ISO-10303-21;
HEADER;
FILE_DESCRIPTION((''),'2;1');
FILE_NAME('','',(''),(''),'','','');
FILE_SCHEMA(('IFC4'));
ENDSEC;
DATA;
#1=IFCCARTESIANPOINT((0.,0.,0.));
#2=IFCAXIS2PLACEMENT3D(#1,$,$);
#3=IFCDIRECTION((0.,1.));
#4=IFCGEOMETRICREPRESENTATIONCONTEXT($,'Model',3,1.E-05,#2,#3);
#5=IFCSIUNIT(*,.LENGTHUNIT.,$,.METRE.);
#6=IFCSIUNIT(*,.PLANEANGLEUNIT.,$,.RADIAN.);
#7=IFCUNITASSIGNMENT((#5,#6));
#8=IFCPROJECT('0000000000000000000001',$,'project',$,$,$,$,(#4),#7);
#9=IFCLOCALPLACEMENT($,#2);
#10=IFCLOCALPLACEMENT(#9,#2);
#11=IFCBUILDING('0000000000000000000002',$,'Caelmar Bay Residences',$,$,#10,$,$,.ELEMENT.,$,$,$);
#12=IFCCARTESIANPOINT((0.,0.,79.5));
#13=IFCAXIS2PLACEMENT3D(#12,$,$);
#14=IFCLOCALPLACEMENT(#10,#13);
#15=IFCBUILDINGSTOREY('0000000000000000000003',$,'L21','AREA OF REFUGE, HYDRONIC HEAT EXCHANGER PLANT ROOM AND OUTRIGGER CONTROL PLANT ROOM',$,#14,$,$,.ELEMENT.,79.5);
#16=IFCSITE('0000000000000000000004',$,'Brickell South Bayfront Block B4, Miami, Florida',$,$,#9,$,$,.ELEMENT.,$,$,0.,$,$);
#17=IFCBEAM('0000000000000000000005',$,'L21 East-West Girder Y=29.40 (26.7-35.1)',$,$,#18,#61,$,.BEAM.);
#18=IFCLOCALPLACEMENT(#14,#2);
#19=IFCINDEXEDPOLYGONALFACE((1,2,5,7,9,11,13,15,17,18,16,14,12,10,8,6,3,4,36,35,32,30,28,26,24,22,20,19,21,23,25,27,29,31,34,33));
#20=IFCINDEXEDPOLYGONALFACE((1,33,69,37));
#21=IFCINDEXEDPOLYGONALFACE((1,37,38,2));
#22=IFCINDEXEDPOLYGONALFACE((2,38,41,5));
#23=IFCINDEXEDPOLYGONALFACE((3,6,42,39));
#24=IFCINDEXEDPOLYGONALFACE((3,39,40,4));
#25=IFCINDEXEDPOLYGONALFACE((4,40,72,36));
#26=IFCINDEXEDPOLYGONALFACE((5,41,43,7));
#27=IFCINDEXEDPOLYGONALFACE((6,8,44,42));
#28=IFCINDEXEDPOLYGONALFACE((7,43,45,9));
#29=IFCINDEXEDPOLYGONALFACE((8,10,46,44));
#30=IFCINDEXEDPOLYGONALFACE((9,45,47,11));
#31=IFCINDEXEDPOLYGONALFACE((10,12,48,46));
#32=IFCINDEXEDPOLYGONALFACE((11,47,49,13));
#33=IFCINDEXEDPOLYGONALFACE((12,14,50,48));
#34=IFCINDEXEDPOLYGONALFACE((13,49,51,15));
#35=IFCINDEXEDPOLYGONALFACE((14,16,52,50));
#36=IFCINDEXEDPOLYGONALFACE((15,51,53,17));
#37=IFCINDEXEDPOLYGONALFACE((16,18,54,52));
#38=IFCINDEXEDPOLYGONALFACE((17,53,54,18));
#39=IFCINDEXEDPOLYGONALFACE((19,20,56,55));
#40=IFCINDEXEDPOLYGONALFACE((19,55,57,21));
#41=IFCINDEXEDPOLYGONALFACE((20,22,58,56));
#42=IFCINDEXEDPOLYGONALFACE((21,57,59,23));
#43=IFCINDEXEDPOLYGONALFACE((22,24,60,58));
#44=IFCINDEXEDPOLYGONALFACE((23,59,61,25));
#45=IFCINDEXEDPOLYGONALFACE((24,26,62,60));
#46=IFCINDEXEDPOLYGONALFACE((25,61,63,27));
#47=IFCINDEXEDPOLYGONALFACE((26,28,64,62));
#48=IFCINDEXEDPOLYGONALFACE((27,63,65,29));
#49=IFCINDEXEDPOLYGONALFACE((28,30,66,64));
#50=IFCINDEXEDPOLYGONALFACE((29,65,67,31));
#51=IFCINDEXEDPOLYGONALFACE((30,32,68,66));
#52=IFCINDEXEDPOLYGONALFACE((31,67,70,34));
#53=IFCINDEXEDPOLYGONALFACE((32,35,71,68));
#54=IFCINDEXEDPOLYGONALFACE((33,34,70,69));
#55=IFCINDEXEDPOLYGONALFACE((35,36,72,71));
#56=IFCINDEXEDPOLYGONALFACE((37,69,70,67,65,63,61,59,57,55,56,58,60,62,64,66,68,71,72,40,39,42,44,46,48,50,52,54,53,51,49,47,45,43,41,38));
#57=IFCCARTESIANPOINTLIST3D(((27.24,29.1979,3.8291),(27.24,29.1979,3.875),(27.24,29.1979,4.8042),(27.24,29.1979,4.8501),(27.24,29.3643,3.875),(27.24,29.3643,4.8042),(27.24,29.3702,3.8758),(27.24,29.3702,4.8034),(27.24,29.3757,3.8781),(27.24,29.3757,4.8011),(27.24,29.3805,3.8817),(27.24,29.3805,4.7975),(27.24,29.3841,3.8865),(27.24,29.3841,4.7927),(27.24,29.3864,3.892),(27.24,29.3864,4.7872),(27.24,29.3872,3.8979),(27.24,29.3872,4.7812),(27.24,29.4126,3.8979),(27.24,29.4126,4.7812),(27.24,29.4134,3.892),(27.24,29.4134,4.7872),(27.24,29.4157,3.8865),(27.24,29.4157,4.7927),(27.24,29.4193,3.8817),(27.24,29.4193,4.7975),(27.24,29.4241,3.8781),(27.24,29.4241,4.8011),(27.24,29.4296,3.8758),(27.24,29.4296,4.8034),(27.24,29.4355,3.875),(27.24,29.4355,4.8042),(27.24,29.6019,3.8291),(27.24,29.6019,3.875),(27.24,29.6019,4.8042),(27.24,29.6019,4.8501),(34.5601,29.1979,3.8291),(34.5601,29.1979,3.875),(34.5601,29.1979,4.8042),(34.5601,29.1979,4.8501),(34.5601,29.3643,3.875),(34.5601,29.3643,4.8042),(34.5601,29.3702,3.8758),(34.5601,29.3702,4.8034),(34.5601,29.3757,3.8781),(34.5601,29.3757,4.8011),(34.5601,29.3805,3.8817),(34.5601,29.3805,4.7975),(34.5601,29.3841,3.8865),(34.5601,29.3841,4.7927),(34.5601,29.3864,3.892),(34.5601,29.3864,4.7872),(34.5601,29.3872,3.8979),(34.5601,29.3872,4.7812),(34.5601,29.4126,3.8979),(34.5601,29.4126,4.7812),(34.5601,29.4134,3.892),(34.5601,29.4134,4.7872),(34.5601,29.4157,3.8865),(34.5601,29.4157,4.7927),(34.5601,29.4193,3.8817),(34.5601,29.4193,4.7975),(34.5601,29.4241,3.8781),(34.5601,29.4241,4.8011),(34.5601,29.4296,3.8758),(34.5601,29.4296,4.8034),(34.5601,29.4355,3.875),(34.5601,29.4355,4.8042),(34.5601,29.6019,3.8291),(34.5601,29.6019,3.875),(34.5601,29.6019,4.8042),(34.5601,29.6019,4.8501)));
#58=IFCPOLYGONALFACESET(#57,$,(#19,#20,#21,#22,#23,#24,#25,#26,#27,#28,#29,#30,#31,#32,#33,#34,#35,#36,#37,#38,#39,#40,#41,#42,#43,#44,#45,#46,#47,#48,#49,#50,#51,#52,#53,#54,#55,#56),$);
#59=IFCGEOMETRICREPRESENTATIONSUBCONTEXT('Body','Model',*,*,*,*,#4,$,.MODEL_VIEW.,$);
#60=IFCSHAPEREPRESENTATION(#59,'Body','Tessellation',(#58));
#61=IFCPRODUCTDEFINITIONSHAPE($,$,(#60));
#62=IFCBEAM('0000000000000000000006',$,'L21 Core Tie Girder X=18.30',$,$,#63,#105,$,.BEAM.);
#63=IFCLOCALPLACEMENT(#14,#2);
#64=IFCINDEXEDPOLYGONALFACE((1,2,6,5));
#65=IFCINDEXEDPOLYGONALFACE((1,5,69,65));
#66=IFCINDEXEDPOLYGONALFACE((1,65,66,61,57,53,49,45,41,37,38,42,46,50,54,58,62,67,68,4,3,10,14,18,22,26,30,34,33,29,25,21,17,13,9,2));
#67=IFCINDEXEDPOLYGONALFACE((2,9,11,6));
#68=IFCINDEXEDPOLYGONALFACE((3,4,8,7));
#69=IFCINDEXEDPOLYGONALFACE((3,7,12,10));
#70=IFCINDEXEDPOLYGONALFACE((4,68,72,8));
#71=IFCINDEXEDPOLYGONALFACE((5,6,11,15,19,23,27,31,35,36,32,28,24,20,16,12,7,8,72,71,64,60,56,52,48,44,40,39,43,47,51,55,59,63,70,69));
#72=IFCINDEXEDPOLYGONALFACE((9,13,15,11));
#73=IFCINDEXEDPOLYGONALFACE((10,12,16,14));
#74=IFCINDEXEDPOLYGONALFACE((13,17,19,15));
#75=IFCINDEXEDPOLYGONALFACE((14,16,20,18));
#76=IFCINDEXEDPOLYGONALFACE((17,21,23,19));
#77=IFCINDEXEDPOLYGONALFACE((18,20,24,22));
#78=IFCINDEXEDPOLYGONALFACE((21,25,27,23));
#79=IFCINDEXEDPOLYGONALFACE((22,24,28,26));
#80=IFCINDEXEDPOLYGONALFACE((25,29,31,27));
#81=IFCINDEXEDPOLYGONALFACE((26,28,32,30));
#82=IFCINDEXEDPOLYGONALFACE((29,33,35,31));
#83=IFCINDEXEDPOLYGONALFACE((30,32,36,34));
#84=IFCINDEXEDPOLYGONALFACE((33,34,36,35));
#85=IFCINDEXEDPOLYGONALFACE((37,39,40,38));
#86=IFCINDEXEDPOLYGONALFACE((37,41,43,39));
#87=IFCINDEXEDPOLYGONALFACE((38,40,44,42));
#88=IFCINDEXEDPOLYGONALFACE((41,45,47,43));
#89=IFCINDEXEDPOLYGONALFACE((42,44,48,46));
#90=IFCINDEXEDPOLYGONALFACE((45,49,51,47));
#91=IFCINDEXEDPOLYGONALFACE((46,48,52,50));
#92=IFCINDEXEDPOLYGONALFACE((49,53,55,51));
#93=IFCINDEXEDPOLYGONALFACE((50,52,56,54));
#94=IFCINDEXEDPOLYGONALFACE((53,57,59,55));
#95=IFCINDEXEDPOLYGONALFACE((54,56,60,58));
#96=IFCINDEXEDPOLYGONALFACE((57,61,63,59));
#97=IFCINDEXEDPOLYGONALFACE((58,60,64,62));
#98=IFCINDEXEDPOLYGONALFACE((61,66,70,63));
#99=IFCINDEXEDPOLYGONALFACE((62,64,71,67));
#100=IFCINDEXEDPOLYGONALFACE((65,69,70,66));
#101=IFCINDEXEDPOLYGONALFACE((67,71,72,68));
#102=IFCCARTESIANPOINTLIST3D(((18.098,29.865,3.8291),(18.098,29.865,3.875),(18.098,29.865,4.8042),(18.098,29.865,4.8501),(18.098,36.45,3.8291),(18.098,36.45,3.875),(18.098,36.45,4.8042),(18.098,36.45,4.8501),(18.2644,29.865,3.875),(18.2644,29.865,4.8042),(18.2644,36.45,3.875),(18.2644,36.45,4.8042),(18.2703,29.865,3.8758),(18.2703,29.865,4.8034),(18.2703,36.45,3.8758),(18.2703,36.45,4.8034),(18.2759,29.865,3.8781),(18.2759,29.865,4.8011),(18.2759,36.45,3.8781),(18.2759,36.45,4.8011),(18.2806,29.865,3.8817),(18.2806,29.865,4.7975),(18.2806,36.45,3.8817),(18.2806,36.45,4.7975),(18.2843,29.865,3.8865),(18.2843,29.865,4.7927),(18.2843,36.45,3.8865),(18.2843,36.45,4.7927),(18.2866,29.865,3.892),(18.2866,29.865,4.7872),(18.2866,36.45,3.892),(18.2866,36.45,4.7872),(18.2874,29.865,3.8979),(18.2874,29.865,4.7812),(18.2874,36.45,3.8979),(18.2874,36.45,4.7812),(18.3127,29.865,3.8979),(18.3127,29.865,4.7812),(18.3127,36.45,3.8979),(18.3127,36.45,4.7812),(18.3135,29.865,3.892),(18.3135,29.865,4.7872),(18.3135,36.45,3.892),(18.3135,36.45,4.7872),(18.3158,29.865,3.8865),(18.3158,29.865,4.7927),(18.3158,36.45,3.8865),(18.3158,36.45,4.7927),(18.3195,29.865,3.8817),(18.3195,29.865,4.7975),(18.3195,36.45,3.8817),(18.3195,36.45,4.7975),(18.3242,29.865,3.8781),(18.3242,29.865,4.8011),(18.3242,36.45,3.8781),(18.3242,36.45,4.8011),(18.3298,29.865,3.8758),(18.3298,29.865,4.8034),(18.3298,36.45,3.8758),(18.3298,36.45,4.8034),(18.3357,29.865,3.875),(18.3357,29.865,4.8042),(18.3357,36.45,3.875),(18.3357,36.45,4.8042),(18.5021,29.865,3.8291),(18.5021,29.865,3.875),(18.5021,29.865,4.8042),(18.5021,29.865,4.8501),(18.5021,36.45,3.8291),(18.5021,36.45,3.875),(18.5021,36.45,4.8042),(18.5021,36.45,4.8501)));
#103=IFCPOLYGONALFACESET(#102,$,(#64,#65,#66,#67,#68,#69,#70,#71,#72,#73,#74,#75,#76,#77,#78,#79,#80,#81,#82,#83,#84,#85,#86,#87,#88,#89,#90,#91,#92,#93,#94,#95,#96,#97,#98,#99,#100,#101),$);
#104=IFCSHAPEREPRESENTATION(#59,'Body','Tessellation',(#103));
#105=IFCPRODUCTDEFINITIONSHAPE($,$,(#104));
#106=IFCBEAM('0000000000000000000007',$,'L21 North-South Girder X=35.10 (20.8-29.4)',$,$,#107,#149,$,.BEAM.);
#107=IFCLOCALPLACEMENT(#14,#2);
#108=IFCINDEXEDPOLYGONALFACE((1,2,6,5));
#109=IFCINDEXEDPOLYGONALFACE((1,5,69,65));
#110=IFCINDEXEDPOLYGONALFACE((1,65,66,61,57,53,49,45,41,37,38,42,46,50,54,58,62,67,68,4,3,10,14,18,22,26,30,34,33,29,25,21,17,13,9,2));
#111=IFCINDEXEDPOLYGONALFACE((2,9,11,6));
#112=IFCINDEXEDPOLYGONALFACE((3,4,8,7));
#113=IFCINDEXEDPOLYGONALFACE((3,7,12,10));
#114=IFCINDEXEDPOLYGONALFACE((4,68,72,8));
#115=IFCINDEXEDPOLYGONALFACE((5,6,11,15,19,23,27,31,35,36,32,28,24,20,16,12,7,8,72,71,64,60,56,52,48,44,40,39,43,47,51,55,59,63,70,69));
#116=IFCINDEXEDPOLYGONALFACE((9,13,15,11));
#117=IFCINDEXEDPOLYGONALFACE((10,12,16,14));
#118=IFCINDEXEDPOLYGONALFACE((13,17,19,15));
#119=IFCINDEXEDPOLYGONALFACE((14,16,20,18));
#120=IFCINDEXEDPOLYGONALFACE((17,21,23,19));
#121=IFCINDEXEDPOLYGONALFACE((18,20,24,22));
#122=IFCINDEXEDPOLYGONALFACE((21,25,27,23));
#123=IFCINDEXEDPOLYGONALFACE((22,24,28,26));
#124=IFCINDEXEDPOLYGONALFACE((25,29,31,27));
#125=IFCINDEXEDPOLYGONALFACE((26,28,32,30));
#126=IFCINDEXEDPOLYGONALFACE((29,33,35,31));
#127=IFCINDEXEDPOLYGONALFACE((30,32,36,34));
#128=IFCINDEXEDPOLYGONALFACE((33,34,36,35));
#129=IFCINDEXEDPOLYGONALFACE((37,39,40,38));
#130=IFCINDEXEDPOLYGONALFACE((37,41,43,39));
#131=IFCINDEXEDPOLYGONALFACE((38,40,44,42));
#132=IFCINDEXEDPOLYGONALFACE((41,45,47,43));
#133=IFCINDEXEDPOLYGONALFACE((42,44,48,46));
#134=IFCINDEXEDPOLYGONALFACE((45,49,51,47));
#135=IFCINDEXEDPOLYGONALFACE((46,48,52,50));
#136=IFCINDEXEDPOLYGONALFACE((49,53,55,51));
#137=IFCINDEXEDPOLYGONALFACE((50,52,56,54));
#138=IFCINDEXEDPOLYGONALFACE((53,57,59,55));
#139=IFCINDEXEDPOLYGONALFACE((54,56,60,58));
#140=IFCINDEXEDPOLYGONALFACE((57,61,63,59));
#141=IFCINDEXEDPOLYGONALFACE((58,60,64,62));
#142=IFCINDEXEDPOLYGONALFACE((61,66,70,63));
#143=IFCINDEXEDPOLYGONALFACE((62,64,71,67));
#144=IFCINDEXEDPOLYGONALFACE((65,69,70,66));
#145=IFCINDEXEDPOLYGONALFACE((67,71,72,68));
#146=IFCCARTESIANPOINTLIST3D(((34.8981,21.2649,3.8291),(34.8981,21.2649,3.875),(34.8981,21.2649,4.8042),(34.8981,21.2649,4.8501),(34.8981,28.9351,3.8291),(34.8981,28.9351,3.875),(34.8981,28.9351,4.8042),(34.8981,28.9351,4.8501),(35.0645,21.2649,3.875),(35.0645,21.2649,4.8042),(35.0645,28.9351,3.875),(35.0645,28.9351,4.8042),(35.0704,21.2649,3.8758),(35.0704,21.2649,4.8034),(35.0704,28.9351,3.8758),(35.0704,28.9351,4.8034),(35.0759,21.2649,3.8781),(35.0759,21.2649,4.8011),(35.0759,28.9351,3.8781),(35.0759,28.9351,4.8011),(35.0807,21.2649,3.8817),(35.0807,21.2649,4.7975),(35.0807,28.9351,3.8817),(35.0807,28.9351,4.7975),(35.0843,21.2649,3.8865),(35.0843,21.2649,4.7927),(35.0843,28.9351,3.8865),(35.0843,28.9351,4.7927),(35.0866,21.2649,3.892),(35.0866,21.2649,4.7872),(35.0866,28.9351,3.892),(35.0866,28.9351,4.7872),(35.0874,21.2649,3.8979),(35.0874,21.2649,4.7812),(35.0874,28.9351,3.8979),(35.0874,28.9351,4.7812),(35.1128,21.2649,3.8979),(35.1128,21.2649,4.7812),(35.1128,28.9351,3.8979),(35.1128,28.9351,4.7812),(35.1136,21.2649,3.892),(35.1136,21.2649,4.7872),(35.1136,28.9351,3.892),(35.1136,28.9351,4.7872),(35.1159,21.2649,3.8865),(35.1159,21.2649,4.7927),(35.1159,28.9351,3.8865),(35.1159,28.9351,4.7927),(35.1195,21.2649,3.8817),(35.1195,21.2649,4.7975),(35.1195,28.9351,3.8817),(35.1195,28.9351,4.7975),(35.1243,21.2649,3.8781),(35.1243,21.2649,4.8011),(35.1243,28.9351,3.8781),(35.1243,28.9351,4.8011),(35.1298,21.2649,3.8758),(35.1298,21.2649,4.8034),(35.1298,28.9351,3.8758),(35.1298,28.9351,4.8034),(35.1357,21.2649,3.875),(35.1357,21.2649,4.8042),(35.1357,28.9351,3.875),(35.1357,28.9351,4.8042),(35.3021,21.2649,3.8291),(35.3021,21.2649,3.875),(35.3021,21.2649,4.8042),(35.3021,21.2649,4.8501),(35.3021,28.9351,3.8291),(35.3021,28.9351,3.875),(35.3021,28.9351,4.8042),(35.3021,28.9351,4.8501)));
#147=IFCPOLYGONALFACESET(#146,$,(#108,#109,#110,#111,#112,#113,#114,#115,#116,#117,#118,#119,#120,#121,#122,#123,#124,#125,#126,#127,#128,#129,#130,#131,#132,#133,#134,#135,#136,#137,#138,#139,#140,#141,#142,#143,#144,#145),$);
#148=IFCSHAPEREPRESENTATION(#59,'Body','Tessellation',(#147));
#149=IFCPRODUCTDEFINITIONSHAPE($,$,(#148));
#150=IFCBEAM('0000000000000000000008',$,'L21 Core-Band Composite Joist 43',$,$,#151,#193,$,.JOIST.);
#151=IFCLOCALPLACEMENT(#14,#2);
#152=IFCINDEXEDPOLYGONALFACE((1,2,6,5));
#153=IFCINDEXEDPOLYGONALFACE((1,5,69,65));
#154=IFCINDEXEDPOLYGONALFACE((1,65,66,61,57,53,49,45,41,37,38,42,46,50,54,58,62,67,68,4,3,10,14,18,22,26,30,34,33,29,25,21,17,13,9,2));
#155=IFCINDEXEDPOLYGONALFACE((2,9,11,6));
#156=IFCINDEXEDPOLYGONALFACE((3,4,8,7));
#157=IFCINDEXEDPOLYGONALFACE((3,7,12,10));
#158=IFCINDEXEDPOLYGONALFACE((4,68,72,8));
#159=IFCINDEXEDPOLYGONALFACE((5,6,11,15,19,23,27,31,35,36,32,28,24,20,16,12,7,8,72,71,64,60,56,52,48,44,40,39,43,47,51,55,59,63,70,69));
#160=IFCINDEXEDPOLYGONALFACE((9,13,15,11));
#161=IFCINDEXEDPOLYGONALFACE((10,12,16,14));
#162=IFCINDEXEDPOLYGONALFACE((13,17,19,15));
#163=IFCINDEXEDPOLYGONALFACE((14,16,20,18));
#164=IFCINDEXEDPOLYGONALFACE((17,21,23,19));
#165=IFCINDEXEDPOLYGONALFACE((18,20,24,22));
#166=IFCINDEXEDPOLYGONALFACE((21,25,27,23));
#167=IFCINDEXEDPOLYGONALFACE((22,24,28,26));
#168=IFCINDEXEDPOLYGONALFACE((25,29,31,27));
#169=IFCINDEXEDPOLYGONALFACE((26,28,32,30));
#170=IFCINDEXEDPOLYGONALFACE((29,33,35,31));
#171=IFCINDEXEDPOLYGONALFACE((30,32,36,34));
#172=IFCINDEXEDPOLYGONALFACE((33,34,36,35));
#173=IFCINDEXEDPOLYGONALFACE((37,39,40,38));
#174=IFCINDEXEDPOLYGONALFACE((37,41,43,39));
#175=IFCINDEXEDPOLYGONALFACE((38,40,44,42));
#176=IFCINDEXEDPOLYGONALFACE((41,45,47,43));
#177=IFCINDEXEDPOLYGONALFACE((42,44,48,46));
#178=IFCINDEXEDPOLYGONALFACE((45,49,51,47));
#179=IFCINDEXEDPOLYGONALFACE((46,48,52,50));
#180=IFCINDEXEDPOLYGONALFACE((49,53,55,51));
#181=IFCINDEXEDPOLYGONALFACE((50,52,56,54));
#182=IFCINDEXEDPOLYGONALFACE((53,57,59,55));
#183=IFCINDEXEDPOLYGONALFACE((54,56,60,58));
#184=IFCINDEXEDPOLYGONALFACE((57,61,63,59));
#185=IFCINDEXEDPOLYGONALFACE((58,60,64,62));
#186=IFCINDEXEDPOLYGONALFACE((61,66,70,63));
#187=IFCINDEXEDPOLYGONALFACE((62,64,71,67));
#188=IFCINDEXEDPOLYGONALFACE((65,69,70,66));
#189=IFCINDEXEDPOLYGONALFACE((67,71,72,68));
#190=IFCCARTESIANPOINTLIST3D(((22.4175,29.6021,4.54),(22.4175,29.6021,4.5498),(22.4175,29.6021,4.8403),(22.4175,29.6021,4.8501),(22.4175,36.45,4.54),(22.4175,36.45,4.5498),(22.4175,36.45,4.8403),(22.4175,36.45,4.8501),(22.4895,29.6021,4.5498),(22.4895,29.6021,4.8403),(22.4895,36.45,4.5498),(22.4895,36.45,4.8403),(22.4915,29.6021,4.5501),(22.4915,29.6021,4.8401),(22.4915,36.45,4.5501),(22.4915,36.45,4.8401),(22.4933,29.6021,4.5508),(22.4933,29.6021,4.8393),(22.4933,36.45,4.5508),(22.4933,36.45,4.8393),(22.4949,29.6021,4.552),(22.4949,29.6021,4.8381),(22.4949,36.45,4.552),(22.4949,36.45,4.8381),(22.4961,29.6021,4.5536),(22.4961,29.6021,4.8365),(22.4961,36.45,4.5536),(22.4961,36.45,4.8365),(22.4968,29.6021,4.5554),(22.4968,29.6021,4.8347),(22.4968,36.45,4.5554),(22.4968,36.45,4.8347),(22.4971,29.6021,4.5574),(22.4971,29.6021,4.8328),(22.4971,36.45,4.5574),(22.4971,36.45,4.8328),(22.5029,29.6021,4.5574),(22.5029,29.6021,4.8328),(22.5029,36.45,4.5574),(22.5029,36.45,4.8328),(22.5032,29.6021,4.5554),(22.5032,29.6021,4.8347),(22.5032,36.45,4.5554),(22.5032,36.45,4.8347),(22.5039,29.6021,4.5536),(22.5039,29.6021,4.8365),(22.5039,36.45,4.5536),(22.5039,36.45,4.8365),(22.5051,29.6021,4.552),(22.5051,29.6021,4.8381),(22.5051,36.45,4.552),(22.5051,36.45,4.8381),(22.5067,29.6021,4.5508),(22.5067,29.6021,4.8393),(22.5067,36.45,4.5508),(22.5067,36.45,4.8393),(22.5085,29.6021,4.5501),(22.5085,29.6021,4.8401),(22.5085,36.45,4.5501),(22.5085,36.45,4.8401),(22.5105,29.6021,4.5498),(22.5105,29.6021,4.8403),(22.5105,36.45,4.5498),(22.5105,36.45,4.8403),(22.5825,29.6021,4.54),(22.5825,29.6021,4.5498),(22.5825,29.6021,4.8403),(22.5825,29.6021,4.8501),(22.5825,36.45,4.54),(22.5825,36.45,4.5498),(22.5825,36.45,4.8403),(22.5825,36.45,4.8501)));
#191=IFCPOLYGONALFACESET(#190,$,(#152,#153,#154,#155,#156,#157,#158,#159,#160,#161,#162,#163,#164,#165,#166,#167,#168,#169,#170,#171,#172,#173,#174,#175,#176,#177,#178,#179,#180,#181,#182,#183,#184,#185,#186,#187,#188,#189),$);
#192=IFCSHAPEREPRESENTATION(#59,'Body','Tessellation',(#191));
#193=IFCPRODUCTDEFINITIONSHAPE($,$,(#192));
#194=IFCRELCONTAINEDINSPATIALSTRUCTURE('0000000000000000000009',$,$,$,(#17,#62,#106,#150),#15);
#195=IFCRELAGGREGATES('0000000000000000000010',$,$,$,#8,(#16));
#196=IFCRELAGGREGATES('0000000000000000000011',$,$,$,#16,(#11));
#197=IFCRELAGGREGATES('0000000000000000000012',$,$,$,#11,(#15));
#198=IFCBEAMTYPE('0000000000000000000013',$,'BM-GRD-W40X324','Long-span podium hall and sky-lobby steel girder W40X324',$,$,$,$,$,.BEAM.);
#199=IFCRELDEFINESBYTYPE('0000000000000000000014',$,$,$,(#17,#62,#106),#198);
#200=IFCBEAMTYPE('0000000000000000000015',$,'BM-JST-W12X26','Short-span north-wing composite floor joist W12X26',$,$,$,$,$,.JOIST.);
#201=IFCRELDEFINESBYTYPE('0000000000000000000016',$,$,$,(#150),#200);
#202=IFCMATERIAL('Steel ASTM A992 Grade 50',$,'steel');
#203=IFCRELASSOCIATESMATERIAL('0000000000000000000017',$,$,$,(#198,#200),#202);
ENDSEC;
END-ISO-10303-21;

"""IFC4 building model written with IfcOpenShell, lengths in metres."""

from ifc_helpers import new_model, si_unit, direction, frame, origin, origin_2d, place, context, subcontext, project, spatial, i_section, extrude, material, material_profile, profile_set, type_object, element, save


model = new_model("IFC4")

# Units and contexts
model_context = context("Model", 3, precision=1e-05, world=origin(), true_north=direction((0.0, 1.0)))
body_context = subcontext(model_context, "Body", "Model", "MODEL_VIEW")
ifc_project = project(units=[si_unit("LENGTHUNIT", "METRE"), si_unit("PLANEANGLEUNIT", "RADIAN")], contexts=[model_context])

# Site, building, storey
site_placement = place(None, origin())
site = spatial("IfcSite", under=ifc_project, at=site_placement, Name="Brickell South Bayfront Block B4, Miami, Florida", CompositionType="ELEMENT", RefElevation=0.0)
building_placement = place(site_placement, origin())
building = spatial("IfcBuilding", under=site, at=building_placement, Name="Caelmar Bay Residences", CompositionType="ELEMENT")
storey_placement = place(building_placement, frame((0.0, 0.0, 79.5)))
storey = spatial("IfcBuildingStorey", under=building, at=storey_placement, Name="L21", Description="AREA OF REFUGE, HYDRONIC HEAT EXCHANGER PLANT ROOM AND OUTRIGGER CONTROL PLANT ROOM", CompositionType="ELEMENT", Elevation=79.5)

# Beams
ifc_material_1 = material(Name="Steel ASTM A992 Grade 50", Category="steel")
ifc_material_profile_1 = material_profile(ifc_material_1, i_section(OverallWidth=0.4041, OverallDepth=1.021, WebThickness=0.0254, FlangeThickness=0.0459, FilletRadius=0.0229, at=origin_2d()), Name="W40X324")
ifc_profile_set_1 = profile_set([ifc_material_profile_1], Name="Steel ASTM A992 Grade 50")
beam_type_1 = type_object("IfcBeamType", Name="BM-GRD-W40X324", Description="Long-span podium hall and sky-lobby steel girder W40X324", PredefinedType="BEAM", material=ifc_profile_set_1)
beam_1_placement = place(storey_placement, frame((27.24, 29.3999, 4.3396), z_axis=(1.0, 0.0, 0.0), x_axis=(0.0, 1.0, 0.0)))
element("IfcBeam", 1, at=beam_1_placement, inside=storey, type_object=beam_type_1, Name="L21 East-West Girder Y=29.40 (26.7-35.1)", PredefinedType="BEAM", context=body_context, shape_type="SweptSolid", body=[
    extrude(i_section(OverallWidth=0.4041, OverallDepth=1.021, WebThickness=0.0254, FlangeThickness=0.0459, FilletRadius=0.0229, at=origin_2d()), origin(), (0.0, 0.0, 1.0), 7.3201),
])
beam_2_placement = place(storey_placement, frame((18.3, 29.865, 4.3396), z_axis=(0.0, 1.0, 0.0), x_axis=(-1.0, 0.0, 0.0)))
element("IfcBeam", 2, at=beam_2_placement, inside=storey, type_object=beam_type_1, Name="L21 Core Tie Girder X=18.30", PredefinedType="BEAM", context=body_context, shape_type="SweptSolid", body=[
    extrude(i_section(OverallWidth=0.4041, OverallDepth=1.021, WebThickness=0.0254, FlangeThickness=0.0459, FilletRadius=0.0229, at=origin_2d()), origin(), (0.0, 0.0, 1.0), 6.585),
])
beam_3_placement = place(storey_placement, frame((35.1001, 21.2649, 4.3396), z_axis=(0.0, 1.0, 0.0), x_axis=(-1.0, 0.0, 0.0)))
element("IfcBeam", 3, at=beam_3_placement, inside=storey, type_object=beam_type_1, Name="L21 North-South Girder X=35.10 (20.8-29.4)", PredefinedType="BEAM", context=body_context, shape_type="SweptSolid", body=[
    extrude(i_section(OverallWidth=0.4041, OverallDepth=1.021, WebThickness=0.0254, FlangeThickness=0.0459, FilletRadius=0.0229, at=origin_2d()), origin(), (0.0, 0.0, 1.0), 7.6702),
])
ifc_material_profile_2 = material_profile(ifc_material_1, i_section(OverallWidth=0.165, OverallDepth=0.3101, WebThickness=0.0059, FlangeThickness=0.0098, FilletRadius=0.0076, at=origin_2d()), Name="W12X26")
ifc_profile_set_2 = profile_set([ifc_material_profile_2], Name="Steel ASTM A992 Grade 50")
beam_type_2 = type_object("IfcBeamType", Name="BM-JST-W12X26", Description="Short-span north-wing composite floor joist W12X26", PredefinedType="JOIST", material=ifc_profile_set_2)
for number, where, z_axis, x_axis, name in (
    (4, (22.5, 29.6021, 4.6951), (0.0, 1.0, 0.0), (-1.0, 0.0, 0.0), "L21 Core-Band Composite Joist 43"),
):
    element("IfcBeam", number, at=place(storey_placement, frame(where, z_axis=z_axis, x_axis=x_axis)), inside=storey, type_object=beam_type_2, Name=name, PredefinedType="JOIST", context=body_context, shape_type="SweptSolid", body=[
        extrude(i_section(OverallWidth=0.165, OverallDepth=0.3101, WebThickness=0.0059, FlangeThickness=0.0098, FilletRadius=0.0076, at=origin_2d()), origin(), (0.0, 0.0, 1.0), 6.8479),
    ])

save(model, "model.ifc")
